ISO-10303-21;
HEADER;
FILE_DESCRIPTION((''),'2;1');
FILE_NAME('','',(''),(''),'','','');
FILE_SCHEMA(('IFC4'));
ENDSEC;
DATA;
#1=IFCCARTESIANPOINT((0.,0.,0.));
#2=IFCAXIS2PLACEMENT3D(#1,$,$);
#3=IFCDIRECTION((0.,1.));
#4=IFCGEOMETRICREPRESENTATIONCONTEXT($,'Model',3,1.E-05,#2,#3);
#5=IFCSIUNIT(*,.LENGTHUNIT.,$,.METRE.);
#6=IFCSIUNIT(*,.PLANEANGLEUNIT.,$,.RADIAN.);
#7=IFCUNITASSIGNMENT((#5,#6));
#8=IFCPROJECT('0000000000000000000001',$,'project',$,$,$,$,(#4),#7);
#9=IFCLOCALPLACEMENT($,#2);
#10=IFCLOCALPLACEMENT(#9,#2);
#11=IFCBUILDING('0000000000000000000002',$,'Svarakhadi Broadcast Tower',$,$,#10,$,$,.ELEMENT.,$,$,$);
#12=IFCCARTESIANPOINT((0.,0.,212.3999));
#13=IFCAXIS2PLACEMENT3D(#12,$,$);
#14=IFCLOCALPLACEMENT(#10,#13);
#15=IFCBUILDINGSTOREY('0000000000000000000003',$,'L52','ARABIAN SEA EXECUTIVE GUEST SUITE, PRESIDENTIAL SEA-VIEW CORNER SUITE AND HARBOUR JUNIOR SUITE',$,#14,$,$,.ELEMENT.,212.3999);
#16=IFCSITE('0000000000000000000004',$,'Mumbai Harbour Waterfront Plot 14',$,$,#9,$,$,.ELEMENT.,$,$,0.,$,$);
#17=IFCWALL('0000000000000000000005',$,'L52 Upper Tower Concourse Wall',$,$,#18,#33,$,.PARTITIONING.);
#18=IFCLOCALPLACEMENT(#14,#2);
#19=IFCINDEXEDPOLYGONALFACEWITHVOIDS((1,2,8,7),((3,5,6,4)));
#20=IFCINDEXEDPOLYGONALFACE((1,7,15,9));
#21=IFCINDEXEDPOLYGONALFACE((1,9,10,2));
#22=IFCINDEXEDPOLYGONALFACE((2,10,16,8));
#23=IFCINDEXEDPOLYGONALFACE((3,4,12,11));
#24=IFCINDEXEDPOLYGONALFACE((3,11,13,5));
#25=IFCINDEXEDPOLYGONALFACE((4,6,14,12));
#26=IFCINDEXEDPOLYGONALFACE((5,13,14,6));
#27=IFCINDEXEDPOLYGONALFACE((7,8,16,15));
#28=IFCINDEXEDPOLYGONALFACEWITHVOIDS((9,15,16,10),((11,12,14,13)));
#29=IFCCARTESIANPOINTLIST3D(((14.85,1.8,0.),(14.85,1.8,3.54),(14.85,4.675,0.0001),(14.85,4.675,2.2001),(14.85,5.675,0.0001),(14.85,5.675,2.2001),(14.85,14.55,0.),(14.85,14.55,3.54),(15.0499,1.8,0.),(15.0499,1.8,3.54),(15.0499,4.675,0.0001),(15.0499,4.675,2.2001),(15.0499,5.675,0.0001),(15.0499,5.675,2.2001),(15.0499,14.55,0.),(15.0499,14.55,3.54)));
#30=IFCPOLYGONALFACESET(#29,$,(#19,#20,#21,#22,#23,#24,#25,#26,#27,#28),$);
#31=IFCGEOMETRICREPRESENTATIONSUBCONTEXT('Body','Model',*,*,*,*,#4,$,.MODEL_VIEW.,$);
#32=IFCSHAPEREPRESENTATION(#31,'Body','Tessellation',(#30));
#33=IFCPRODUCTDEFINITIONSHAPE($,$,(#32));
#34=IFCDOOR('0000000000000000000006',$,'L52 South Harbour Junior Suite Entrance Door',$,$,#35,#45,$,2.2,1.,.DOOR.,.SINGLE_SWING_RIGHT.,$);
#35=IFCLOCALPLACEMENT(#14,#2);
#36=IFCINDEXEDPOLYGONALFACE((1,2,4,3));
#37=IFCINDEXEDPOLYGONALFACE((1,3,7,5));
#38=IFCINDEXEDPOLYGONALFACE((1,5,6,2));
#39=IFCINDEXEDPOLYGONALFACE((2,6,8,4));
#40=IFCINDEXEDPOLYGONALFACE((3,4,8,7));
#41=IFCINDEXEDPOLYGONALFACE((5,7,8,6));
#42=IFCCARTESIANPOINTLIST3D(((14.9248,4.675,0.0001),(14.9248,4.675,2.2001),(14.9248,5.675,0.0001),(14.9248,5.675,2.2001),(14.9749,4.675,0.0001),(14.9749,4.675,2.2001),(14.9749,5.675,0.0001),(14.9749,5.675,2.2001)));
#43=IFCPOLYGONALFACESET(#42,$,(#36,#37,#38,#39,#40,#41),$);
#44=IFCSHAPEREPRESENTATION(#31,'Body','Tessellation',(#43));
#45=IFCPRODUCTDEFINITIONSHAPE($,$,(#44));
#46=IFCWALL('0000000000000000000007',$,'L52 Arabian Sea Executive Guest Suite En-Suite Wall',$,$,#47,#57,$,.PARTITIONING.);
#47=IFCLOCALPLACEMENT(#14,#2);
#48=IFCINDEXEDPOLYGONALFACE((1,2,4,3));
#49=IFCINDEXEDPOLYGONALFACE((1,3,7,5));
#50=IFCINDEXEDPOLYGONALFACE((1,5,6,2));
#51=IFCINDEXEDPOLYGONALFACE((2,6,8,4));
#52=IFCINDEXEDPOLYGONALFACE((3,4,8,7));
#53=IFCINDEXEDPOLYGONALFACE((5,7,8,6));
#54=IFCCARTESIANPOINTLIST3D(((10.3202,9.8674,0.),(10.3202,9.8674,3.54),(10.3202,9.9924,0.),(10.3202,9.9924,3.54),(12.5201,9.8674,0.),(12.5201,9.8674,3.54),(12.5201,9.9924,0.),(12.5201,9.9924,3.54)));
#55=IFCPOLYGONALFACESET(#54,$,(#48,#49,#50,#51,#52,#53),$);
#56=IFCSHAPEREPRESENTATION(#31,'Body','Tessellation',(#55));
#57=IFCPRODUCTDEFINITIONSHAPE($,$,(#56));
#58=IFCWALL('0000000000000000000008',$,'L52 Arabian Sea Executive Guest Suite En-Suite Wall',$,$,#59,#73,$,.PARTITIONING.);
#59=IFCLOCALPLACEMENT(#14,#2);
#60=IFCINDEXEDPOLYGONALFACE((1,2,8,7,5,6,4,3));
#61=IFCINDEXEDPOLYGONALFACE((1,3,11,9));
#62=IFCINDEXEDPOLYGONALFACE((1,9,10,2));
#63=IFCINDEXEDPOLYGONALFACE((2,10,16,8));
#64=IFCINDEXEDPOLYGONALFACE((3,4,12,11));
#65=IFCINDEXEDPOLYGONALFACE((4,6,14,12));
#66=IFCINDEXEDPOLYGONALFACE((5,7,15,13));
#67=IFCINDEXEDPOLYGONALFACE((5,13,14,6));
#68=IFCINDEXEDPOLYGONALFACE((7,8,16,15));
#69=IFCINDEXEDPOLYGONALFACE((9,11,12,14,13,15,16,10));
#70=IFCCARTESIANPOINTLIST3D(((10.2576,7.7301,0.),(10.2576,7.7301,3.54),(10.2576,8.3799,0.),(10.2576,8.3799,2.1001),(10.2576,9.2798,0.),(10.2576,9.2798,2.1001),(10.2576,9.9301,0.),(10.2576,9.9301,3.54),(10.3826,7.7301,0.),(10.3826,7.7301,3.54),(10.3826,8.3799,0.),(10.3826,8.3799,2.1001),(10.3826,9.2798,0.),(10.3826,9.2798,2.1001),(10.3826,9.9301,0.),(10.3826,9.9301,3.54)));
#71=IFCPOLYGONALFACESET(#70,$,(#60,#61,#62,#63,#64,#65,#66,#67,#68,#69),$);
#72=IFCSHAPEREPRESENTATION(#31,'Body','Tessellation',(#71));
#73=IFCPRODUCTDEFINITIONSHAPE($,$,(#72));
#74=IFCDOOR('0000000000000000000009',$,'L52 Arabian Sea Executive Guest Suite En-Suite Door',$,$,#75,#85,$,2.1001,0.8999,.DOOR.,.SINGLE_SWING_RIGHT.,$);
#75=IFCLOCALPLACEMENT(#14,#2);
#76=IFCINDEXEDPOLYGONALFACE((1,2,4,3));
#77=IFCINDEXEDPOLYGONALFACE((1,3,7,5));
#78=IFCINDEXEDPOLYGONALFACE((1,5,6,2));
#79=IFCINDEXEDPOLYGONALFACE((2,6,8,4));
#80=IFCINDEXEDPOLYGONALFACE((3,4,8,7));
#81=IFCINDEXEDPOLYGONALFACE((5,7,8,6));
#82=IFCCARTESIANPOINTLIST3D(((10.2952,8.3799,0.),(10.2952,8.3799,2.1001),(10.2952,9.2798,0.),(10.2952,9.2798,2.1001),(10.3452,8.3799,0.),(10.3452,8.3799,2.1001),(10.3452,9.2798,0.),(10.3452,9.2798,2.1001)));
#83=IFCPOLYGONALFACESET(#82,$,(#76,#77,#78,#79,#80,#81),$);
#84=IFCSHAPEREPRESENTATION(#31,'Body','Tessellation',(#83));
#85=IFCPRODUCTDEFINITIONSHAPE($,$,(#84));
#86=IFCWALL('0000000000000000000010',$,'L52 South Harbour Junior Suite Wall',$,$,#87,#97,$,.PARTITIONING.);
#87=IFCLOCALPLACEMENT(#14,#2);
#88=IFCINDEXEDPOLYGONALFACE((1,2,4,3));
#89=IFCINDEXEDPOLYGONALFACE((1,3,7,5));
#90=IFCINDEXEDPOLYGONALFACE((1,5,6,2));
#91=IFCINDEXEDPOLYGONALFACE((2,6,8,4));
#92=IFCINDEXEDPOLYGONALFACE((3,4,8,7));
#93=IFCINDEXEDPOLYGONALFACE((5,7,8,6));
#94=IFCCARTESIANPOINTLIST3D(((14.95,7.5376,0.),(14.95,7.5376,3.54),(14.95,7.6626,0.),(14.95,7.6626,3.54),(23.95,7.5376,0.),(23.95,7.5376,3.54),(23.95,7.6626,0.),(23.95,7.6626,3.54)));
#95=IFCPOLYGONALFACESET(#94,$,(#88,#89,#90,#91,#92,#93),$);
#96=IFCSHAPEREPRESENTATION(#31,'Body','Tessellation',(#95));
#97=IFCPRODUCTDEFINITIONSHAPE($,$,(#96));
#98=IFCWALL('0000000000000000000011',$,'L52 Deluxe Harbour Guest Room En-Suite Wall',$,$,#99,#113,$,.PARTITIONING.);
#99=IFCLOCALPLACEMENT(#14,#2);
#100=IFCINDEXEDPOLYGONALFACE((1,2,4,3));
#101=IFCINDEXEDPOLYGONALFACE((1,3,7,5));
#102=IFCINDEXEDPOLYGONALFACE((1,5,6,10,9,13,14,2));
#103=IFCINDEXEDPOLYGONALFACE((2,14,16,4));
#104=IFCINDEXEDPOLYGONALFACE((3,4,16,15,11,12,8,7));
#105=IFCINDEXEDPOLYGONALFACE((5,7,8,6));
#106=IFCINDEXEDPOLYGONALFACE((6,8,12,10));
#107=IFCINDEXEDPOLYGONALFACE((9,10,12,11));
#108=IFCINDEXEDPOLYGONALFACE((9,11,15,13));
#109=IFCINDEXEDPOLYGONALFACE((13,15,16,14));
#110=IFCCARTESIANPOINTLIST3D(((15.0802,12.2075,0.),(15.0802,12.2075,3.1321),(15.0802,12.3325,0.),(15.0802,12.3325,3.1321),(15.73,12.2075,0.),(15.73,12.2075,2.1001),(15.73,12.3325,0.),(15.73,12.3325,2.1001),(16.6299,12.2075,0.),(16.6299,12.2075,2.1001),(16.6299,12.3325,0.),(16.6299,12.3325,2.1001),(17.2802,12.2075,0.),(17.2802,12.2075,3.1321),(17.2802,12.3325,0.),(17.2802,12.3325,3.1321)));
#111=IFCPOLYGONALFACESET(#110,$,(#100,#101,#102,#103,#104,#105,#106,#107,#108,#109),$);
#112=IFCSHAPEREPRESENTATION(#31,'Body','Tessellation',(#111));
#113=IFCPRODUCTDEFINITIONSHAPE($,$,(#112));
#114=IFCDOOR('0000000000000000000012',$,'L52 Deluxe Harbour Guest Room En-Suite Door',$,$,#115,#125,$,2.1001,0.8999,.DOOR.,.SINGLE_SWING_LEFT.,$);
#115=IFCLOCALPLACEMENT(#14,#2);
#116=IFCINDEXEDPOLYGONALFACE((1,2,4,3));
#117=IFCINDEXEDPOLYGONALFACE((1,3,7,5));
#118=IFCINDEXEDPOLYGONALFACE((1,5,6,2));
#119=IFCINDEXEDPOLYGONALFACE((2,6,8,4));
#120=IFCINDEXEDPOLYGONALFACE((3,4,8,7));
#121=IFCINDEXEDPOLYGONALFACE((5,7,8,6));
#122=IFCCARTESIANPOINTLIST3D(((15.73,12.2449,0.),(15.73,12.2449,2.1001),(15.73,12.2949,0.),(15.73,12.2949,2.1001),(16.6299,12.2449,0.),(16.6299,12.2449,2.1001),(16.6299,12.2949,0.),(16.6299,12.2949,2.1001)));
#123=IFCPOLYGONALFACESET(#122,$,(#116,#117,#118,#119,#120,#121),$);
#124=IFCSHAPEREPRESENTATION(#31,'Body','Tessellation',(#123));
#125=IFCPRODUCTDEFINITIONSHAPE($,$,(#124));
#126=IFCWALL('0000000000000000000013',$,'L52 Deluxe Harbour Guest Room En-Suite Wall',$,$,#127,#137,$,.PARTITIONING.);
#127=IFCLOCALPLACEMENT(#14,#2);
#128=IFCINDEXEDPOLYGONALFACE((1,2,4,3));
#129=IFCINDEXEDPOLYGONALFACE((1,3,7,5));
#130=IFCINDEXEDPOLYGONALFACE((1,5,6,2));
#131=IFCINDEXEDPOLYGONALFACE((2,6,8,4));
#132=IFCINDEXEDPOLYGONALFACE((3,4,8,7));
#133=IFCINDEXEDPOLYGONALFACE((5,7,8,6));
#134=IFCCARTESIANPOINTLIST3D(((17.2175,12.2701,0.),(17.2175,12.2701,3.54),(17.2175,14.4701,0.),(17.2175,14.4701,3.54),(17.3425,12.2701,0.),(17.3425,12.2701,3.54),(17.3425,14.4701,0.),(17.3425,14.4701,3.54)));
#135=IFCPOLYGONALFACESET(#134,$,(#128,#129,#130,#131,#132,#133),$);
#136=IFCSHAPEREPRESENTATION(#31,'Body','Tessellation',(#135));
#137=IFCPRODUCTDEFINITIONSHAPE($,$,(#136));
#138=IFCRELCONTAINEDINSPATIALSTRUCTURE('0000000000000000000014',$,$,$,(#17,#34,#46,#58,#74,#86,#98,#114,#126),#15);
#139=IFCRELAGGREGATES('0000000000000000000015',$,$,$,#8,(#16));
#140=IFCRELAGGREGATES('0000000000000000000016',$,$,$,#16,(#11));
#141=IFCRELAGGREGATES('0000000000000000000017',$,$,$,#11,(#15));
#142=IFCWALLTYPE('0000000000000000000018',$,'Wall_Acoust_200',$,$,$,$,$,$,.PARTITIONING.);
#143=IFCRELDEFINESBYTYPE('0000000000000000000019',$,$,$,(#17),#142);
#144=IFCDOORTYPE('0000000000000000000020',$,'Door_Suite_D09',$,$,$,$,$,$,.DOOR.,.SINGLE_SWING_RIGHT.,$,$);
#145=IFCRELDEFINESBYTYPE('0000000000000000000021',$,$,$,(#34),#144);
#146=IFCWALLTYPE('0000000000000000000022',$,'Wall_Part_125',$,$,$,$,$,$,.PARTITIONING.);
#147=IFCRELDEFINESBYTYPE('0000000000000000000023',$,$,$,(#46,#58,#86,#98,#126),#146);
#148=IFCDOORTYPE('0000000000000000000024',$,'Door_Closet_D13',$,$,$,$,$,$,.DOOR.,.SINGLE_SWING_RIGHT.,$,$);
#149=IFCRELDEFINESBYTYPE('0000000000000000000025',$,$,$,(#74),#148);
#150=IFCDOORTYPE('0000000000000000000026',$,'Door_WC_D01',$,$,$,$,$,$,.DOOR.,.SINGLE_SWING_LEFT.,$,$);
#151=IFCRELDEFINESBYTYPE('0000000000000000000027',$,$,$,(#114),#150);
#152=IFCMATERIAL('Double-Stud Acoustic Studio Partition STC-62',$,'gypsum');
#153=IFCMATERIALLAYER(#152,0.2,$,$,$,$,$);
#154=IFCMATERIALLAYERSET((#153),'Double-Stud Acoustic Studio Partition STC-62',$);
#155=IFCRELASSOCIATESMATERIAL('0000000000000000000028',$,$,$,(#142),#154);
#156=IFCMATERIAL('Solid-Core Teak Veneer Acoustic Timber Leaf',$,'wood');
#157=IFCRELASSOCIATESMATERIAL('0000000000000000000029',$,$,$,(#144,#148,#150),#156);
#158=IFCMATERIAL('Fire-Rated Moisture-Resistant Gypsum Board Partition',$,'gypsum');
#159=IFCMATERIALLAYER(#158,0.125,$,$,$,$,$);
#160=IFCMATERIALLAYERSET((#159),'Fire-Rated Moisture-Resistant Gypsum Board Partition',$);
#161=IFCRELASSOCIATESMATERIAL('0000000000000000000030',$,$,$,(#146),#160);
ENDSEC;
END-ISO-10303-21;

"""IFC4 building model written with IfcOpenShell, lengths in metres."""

from ifc_helpers import new_model, si_unit, direction, frame, frame_2d, origin, place, context, subcontext, project, spatial, rectangle, extrude, material, layer, layer_set, type_object, element, fill, save


model = new_model("IFC4")

# Units and contexts
model_context = context("Model", 3, precision=1e-05, world=origin(), true_north=direction((0.0, 1.0)))
body_context = subcontext(model_context, "Body", "Model", "MODEL_VIEW")
ifc_project = project(units=[si_unit("LENGTHUNIT", "METRE"), si_unit("PLANEANGLEUNIT", "RADIAN")], contexts=[model_context])

# Site, building, storey
site_placement = place(None, origin())
site = spatial("IfcSite", under=ifc_project, at=site_placement, Name="Mumbai Harbour Waterfront Plot 14", CompositionType="ELEMENT", RefElevation=0.0)
building_placement = place(site_placement, origin())
building = spatial("IfcBuilding", under=site, at=building_placement, Name="Svarakhadi Broadcast Tower", CompositionType="ELEMENT")
storey_placement = place(building_placement, frame((0.0, 0.0, 212.3999)))
storey = spatial("IfcBuildingStorey", under=building, at=storey_placement, Name="L52", Description="ARABIAN SEA EXECUTIVE GUEST SUITE, PRESIDENTIAL SEA-VIEW CORNER SUITE AND HARBOUR JUNIOR SUITE", CompositionType="ELEMENT", Elevation=212.3999)

# Shared definitions
ifc_material_1 = material(Name="Double-Stud Acoustic Studio Partition STC-62", Category="gypsum")
ifc_layer_1 = layer(ifc_material_1, 0.2)
ifc_layer_set_1 = layer_set([ifc_layer_1], Name="Double-Stud Acoustic Studio Partition STC-62")
wall_type_1 = type_object("IfcWallType", Name="Wall_Acoust_200", PredefinedType="PARTITIONING", material=ifc_layer_set_1)

# Wall, opening, door
wall_1_placement = place(storey_placement, frame((14.95, 14.55, 0.0), z_axis=(0.0, 0.0, 1.0), x_axis=(0.0, -1.0, 0.0)))
wall_1 = element("IfcWall", 1, at=wall_1_placement, inside=storey, type_object=wall_type_1, Name="L52 Upper Tower Concourse Wall", PredefinedType="PARTITIONING", context=body_context, shape_type="SweptSolid", body=[
    extrude(rectangle(XDim=12.75, YDim=0.2, at=frame_2d((6.375, 0.0))), origin(), (0.0, 0.0, 1.0), 3.54),
])
opening_1_placement = place(wall_1_placement, frame((8.875, 0.0, 0.0)))
opening_1 = element("IfcOpeningElement", 2, at=opening_1_placement, cuts=wall_1, PredefinedType="OPENING", context=body_context, shape_type="SweptSolid", body=[
    extrude(rectangle(XDim=1.0, YDim=2.2, at=frame_2d((0.5, 1.1001))), frame((0.0, 0.1099, 0.0), z_axis=(0.0, -1.0, 0.0), x_axis=(1.0, 0.0, 0.0)), (0.0, 0.0, 1.0), 0.22),
])
ifc_material_2 = material(Name="Solid-Core Teak Veneer Acoustic Timber Leaf", Category="wood")
door_type_1 = type_object("IfcDoorType", Name="Door_Suite_D09", OperationType="SINGLE_SWING_RIGHT", PredefinedType="DOOR", material=ifc_material_2)
door_1_placement = place(opening_1_placement, origin())
door_1 = element("IfcDoor", 3, at=door_1_placement, inside=storey, type_object=door_type_1, Name="L52 South Harbour Junior Suite Entrance Door", OperationType="SINGLE_SWING_RIGHT", OverallHeight=2.2, OverallWidth=1.0, PredefinedType="DOOR", context=body_context, shape_type="SweptSolid", body=[
    extrude(rectangle(XDim=1.0, YDim=2.2, at=frame_2d((0.5, 1.1001))), frame((0.0, 0.0249, 0.0), z_axis=(0.0, -1.0, 0.0), x_axis=(1.0, 0.0, 0.0)), (0.0, 0.0, 1.0), 0.05),
])
fill(opening_1, door_1)

# Wall
ifc_material_3 = material(Name="Fire-Rated Moisture-Resistant Gypsum Board Partition", Category="gypsum")
ifc_layer_2 = layer(ifc_material_3, 0.125)
ifc_layer_set_2 = layer_set([ifc_layer_2], Name="Fire-Rated Moisture-Resistant Gypsum Board Partition")
wall_type_2 = type_object("IfcWallType", Name="Wall_Part_125", PredefinedType="PARTITIONING", material=ifc_layer_set_2)
wall_2_placement = place(storey_placement, frame((10.3201, 9.9299, 0.0), z_axis=(0.0, 0.0, 1.0), x_axis=(1.0, 0.0, 0.0)))
element("IfcWall", 4, at=wall_2_placement, inside=storey, type_object=wall_type_2, Name="L52 Arabian Sea Executive Guest Suite En-Suite Wall", PredefinedType="PARTITIONING", context=body_context, shape_type="SweptSolid", body=[
    extrude(rectangle(XDim=2.2, YDim=0.125, at=frame_2d((1.1001, 0.0))), origin(), (0.0, 0.0, 1.0), 3.54),
])

# Wall, opening, door
wall_3_placement = place(storey_placement, frame((10.3201, 7.73, 0.0), z_axis=(0.0, 0.0, 1.0), x_axis=(0.0, 1.0, 0.0)))
wall_3 = element("IfcWall", 5, at=wall_3_placement, inside=storey, type_object=wall_type_2, Name="L52 Arabian Sea Executive Guest Suite En-Suite Wall", PredefinedType="PARTITIONING", context=body_context, shape_type="SweptSolid", body=[
    extrude(rectangle(XDim=2.2, YDim=0.125, at=frame_2d((1.1001, 0.0))), origin(), (0.0, 0.0, 1.0), 3.54),
])
opening_2_placement = place(wall_3_placement, frame((0.6499, 0.0, 0.0)))
opening_2 = element("IfcOpeningElement", 6, at=opening_2_placement, cuts=wall_3, PredefinedType="OPENING", context=body_context, shape_type="SweptSolid", body=[
    extrude(rectangle(XDim=0.8999, YDim=2.1001, at=frame_2d((0.45, 1.05))), frame((0.0, 0.0725, 0.0), z_axis=(0.0, -1.0, 0.0), x_axis=(1.0, 0.0, 0.0)), (0.0, 0.0, 1.0), 0.145),
])
door_type_2 = type_object("IfcDoorType", Name="Door_Closet_D13", OperationType="SINGLE_SWING_RIGHT", PredefinedType="DOOR", material=ifc_material_2)
door_2_placement = place(opening_2_placement, origin())
door_2 = element("IfcDoor", 7, at=door_2_placement, inside=storey, type_object=door_type_2, Name="L52 Arabian Sea Executive Guest Suite En-Suite Door", OperationType="SINGLE_SWING_RIGHT", OverallHeight=2.1001, OverallWidth=0.8999, PredefinedType="DOOR", context=body_context, shape_type="SweptSolid", body=[
    extrude(rectangle(XDim=0.8999, YDim=2.1001, at=frame_2d((0.45, 1.05))), frame((0.0, 0.0249, 0.0), z_axis=(0.0, -1.0, 0.0), x_axis=(1.0, 0.0, 0.0)), (0.0, 0.0, 1.0), 0.05),
])
fill(opening_2, door_2)

# Wall
wall_4_placement = place(storey_placement, frame((14.95, 7.6001, 0.0), z_axis=(0.0, 0.0, 1.0), x_axis=(1.0, 0.0, 0.0)))
element("IfcWall", 8, at=wall_4_placement, inside=storey, type_object=wall_type_2, Name="L52 South Harbour Junior Suite Wall", PredefinedType="PARTITIONING", context=body_context, shape_type="SweptSolid", body=[
    extrude(rectangle(XDim=9.0, YDim=0.125, at=frame_2d((4.5, 0.0))), origin(), (0.0, 0.0, 1.0), 3.54),
])

# Wall, opening, door
wall_5_placement = place(storey_placement, frame((15.0801, 12.27, 0.0), z_axis=(0.0, 0.0, 1.0), x_axis=(1.0, 0.0, 0.0)))
wall_5 = element("IfcWall", 9, at=wall_5_placement, inside=storey, type_object=wall_type_2, Name="L52 Deluxe Harbour Guest Room En-Suite Wall", PredefinedType="PARTITIONING", context=body_context, shape_type="SweptSolid", body=[
    extrude(rectangle(XDim=2.2, YDim=0.125, at=frame_2d((1.1001, 0.0))), origin(), (0.0, 0.0, 1.0), 3.1321),
])
opening_3_placement = place(wall_5_placement, frame((0.6499, 0.0, 0.0)))
opening_3 = element("IfcOpeningElement", 10, at=opening_3_placement, cuts=wall_5, PredefinedType="OPENING", context=body_context, shape_type="SweptSolid", body=[
    extrude(rectangle(XDim=0.8999, YDim=2.1001, at=frame_2d((0.45, 1.05))), frame((0.0, 0.0725, 0.0), z_axis=(0.0, -1.0, 0.0), x_axis=(1.0, 0.0, 0.0)), (0.0, 0.0, 1.0), 0.145),
])
door_type_3 = type_object("IfcDoorType", Name="Door_WC_D01", OperationType="SINGLE_SWING_LEFT", PredefinedType="DOOR", material=ifc_material_2)
door_3_placement = place(opening_3_placement, origin())
door_3 = element("IfcDoor", 11, at=door_3_placement, inside=storey, type_object=door_type_3, Name="L52 Deluxe Harbour Guest Room En-Suite Door", OperationType="SINGLE_SWING_LEFT", OverallHeight=2.1001, OverallWidth=0.8999, PredefinedType="DOOR", context=body_context, shape_type="SweptSolid", body=[
    extrude(rectangle(XDim=0.8999, YDim=2.1001, at=frame_2d((0.45, 1.05))), frame((0.0, 0.0249, 0.0), z_axis=(0.0, -1.0, 0.0), x_axis=(1.0, 0.0, 0.0)), (0.0, 0.0, 1.0), 0.05),
])
fill(opening_3, door_3)

# Wall
wall_6_placement = place(storey_placement, frame((17.28, 12.27, 0.0), z_axis=(0.0, 0.0, 1.0), x_axis=(0.0, 1.0, 0.0)))
element("IfcWall", 12, at=wall_6_placement, inside=storey, type_object=wall_type_2, Name="L52 Deluxe Harbour Guest Room En-Suite Wall", PredefinedType="PARTITIONING", context=body_context, shape_type="SweptSolid", body=[
    extrude(rectangle(XDim=2.2, YDim=0.125, at=frame_2d((1.1001, 0.0))), origin(), (0.0, 0.0, 1.0), 3.54),
])

save(model, "model.ifc")
